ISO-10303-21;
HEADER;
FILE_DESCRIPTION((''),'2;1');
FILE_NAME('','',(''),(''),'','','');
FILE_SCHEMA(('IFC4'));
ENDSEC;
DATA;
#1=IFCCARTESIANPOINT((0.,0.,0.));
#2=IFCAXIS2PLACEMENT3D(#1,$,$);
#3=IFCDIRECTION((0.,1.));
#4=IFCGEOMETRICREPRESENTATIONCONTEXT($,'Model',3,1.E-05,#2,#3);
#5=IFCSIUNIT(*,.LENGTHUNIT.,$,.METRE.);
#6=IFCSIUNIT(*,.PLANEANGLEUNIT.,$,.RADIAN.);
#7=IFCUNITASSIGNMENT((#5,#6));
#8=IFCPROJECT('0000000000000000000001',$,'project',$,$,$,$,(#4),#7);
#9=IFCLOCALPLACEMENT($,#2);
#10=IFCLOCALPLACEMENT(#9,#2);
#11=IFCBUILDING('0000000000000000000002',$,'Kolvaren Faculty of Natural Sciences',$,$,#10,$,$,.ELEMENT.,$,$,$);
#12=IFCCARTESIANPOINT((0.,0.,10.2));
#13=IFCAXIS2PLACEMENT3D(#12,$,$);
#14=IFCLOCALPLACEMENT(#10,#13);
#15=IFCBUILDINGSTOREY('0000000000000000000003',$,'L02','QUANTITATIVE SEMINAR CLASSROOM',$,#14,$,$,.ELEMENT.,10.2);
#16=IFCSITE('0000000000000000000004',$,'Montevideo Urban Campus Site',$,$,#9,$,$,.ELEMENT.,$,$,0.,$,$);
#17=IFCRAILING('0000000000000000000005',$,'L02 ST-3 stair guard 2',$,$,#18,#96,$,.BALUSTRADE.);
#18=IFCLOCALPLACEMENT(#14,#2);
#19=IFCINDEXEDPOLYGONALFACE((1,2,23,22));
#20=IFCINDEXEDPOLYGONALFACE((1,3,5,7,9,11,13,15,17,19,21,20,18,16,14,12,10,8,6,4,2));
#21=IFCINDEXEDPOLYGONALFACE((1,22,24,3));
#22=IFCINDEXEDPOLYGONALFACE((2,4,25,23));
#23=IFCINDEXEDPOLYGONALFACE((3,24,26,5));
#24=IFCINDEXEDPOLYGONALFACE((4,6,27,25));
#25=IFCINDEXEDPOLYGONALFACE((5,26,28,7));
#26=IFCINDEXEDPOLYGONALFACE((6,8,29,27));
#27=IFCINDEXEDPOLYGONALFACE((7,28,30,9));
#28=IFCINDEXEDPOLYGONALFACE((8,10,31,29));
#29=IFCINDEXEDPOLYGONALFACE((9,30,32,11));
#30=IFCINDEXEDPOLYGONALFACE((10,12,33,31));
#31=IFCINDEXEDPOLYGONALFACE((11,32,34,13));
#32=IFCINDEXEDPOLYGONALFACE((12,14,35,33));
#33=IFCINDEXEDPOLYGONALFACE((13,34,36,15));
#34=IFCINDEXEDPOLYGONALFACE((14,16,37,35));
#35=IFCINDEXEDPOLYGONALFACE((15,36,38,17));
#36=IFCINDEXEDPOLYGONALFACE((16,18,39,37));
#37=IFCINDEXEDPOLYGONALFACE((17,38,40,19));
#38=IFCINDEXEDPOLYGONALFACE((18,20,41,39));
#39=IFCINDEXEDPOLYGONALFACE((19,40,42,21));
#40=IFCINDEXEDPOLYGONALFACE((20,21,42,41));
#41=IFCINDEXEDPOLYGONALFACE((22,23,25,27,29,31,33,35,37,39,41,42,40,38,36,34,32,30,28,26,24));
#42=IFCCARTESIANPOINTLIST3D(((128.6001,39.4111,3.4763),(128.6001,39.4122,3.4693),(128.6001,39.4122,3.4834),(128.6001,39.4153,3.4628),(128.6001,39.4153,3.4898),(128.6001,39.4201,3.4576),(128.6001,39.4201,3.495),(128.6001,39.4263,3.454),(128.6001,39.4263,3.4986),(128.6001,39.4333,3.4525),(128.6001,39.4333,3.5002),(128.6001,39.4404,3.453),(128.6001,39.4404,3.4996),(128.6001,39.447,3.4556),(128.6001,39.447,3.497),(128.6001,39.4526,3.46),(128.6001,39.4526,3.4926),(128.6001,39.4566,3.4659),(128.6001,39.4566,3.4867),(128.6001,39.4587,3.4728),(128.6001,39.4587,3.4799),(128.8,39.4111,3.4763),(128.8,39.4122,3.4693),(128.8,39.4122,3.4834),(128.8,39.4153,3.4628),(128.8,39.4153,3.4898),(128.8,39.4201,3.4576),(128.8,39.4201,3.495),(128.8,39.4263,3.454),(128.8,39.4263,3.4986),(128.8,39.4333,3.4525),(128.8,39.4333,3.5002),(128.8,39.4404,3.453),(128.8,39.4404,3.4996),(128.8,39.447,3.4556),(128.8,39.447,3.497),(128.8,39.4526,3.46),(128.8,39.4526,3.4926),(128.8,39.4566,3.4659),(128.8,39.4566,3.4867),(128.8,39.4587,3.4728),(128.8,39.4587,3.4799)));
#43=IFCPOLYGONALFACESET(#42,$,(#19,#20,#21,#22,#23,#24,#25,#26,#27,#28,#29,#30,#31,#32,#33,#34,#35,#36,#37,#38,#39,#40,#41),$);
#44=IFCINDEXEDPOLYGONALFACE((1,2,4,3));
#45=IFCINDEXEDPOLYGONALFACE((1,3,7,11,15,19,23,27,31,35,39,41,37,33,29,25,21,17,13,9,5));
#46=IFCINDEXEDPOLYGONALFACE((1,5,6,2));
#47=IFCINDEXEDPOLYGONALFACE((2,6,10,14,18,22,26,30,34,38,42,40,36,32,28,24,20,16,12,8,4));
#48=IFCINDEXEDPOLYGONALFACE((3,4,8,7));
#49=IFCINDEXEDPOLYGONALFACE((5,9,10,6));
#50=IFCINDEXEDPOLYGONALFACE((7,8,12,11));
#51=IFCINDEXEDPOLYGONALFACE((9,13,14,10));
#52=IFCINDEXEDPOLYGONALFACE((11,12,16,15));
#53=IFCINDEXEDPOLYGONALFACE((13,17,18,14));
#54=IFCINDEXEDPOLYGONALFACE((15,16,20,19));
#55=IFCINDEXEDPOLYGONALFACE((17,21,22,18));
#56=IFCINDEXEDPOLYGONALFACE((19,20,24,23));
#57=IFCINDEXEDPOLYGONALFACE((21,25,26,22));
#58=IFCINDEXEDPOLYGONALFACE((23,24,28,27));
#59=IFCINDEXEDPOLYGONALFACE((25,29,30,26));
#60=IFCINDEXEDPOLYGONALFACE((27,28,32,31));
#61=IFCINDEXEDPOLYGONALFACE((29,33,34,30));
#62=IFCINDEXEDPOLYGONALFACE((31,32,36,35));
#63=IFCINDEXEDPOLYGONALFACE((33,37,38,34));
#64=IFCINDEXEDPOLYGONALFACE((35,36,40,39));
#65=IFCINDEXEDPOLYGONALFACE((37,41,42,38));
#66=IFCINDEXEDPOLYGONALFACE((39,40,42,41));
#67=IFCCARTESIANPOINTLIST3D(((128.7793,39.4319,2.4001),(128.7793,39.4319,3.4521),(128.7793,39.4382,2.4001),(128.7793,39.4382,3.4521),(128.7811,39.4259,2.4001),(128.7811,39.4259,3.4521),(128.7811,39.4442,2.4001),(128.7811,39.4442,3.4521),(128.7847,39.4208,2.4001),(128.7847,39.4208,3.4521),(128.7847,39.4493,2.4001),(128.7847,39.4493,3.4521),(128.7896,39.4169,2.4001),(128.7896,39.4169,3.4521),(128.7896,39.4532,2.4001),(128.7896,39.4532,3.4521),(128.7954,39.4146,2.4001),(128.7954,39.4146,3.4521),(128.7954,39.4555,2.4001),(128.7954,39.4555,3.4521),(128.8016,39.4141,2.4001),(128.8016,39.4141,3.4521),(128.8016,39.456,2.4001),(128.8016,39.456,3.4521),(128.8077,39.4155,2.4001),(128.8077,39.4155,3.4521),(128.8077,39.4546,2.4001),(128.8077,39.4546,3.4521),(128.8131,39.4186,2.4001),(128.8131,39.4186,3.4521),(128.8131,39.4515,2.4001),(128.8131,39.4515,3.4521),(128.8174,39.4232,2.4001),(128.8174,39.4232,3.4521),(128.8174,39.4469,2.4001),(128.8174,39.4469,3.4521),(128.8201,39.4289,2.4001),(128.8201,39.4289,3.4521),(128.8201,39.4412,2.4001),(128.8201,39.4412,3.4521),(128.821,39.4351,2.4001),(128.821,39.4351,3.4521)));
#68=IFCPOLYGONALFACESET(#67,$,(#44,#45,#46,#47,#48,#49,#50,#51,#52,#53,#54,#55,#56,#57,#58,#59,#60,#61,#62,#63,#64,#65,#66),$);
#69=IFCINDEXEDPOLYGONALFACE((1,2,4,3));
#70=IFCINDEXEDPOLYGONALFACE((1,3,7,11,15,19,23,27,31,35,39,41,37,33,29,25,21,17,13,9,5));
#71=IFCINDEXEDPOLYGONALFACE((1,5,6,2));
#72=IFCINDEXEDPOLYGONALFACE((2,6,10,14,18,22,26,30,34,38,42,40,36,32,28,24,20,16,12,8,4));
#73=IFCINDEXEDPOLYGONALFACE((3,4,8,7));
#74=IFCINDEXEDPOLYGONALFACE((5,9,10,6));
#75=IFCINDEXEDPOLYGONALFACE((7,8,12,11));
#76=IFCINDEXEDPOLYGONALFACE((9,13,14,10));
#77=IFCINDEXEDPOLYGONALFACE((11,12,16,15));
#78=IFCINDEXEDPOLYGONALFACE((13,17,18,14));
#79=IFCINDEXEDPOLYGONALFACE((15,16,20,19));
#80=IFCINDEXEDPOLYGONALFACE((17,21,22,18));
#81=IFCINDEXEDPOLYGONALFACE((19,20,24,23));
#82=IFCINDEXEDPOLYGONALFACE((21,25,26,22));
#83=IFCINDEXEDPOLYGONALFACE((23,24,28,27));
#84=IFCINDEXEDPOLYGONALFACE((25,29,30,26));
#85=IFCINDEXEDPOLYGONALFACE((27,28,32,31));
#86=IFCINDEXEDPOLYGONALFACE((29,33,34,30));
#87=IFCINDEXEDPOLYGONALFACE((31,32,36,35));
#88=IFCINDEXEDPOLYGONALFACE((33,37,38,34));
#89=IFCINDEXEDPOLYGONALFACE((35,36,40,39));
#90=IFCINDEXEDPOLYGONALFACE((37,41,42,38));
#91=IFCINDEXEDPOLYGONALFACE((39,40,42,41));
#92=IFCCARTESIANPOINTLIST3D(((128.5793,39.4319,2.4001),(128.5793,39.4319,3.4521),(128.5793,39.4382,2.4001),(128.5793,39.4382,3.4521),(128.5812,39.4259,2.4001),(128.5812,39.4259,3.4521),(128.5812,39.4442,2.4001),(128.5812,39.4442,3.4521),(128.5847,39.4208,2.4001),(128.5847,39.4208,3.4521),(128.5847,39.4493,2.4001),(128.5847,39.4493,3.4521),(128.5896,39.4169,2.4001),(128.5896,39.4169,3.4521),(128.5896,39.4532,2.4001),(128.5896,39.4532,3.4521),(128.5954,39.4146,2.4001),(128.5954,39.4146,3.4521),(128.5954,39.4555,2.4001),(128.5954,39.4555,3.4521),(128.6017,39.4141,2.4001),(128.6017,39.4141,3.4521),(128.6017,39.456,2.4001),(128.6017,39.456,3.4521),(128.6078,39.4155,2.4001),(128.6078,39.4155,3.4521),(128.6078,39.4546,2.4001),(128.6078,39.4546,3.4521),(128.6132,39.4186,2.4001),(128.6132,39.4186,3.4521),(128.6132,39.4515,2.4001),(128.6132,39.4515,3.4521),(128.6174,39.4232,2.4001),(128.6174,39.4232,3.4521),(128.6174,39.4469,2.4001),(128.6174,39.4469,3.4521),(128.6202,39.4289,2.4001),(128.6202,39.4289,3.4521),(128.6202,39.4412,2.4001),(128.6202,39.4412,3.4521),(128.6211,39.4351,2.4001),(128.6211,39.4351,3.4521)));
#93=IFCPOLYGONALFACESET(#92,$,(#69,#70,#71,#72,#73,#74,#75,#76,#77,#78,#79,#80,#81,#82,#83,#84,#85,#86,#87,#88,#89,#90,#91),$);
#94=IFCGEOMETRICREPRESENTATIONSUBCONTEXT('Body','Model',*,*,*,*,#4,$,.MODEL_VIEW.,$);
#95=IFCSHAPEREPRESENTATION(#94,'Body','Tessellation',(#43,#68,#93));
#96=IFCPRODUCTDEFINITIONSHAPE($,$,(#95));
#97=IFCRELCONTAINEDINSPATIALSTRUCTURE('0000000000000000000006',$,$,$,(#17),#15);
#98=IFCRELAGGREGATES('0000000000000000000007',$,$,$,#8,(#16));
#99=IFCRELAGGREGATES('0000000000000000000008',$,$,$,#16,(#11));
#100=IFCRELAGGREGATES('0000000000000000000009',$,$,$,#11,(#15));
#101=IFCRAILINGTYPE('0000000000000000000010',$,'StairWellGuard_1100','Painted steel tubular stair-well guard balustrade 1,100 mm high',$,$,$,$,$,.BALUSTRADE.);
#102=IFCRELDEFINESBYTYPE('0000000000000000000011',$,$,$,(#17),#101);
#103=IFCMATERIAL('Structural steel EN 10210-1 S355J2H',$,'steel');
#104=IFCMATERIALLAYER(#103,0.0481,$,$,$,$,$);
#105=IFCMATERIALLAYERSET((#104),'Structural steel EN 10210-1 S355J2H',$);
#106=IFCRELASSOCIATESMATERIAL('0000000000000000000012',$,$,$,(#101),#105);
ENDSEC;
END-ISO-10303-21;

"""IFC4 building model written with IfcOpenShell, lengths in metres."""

from ifc_helpers import new_model, si_unit, direction, frame, origin, origin_2d, place, context, subcontext, project, spatial, circle, extrude, material, layer, layer_set, type_object, element, save


model = new_model("IFC4")

# Units and contexts
model_context = context("Model", 3, precision=1e-05, world=origin(), true_north=direction((0.0, 1.0)))
body_context = subcontext(model_context, "Body", "Model", "MODEL_VIEW")
ifc_project = project(units=[si_unit("LENGTHUNIT", "METRE"), si_unit("PLANEANGLEUNIT", "RADIAN")], contexts=[model_context])

# Site, building, storey
site_placement = place(None, origin())
site = spatial("IfcSite", under=ifc_project, at=site_placement, Name="Montevideo Urban Campus Site", CompositionType="ELEMENT", RefElevation=0.0)
building_placement = place(site_placement, origin())
building = spatial("IfcBuilding", under=site, at=building_placement, Name="Kolvaren Faculty of Natural Sciences", CompositionType="ELEMENT")
storey_placement = place(building_placement, frame((0.0, 0.0, 10.2)))
storey = spatial("IfcBuildingStorey", under=building, at=storey_placement, Name="L02", Description="QUANTITATIVE SEMINAR CLASSROOM", CompositionType="ELEMENT", Elevation=10.2)

# Railing
ifc_material_1 = material(Name="Structural steel EN 10210-1 S355J2H", Category="steel")
ifc_layer_1 = layer(ifc_material_1, 0.0481)
ifc_layer_set_1 = layer_set([ifc_layer_1], Name="Structural steel EN 10210-1 S355J2H")
railing_type_1 = type_object("IfcRailingType", Name="StairWellGuard_1100", Description="Painted steel tubular stair-well guard balustrade 1,100 mm high", PredefinedType="BALUSTRADE", material=ifc_layer_set_1)
railing_1_placement = place(storey_placement, frame((128.8, 39.4351, 2.4001)))
element("IfcRailing", 1, at=railing_1_placement, inside=storey, type_object=railing_type_1, Name="L02 ST-3 stair guard 2", PredefinedType="BALUSTRADE", context=body_context, shape_type="SweptSolid", body=[
    extrude(circle(Radius=0.0239, at=origin_2d()), frame((0.0, 0.0, 1.0762), z_axis=(-1.0, 0.0, 0.0), x_axis=(0.0, -1.0, 0.0)), (0.0, 0.0, 1.0), 0.2),
    extrude(circle(Radius=0.021, at=origin_2d()), origin(), (0.0, 0.0, 1.0), 1.052),
    extrude(circle(Radius=0.021, at=origin_2d()), frame((-0.2, 0.0, 0.0)), (0.0, 0.0, 1.0), 1.052),
])

save(model, "model.ifc")
